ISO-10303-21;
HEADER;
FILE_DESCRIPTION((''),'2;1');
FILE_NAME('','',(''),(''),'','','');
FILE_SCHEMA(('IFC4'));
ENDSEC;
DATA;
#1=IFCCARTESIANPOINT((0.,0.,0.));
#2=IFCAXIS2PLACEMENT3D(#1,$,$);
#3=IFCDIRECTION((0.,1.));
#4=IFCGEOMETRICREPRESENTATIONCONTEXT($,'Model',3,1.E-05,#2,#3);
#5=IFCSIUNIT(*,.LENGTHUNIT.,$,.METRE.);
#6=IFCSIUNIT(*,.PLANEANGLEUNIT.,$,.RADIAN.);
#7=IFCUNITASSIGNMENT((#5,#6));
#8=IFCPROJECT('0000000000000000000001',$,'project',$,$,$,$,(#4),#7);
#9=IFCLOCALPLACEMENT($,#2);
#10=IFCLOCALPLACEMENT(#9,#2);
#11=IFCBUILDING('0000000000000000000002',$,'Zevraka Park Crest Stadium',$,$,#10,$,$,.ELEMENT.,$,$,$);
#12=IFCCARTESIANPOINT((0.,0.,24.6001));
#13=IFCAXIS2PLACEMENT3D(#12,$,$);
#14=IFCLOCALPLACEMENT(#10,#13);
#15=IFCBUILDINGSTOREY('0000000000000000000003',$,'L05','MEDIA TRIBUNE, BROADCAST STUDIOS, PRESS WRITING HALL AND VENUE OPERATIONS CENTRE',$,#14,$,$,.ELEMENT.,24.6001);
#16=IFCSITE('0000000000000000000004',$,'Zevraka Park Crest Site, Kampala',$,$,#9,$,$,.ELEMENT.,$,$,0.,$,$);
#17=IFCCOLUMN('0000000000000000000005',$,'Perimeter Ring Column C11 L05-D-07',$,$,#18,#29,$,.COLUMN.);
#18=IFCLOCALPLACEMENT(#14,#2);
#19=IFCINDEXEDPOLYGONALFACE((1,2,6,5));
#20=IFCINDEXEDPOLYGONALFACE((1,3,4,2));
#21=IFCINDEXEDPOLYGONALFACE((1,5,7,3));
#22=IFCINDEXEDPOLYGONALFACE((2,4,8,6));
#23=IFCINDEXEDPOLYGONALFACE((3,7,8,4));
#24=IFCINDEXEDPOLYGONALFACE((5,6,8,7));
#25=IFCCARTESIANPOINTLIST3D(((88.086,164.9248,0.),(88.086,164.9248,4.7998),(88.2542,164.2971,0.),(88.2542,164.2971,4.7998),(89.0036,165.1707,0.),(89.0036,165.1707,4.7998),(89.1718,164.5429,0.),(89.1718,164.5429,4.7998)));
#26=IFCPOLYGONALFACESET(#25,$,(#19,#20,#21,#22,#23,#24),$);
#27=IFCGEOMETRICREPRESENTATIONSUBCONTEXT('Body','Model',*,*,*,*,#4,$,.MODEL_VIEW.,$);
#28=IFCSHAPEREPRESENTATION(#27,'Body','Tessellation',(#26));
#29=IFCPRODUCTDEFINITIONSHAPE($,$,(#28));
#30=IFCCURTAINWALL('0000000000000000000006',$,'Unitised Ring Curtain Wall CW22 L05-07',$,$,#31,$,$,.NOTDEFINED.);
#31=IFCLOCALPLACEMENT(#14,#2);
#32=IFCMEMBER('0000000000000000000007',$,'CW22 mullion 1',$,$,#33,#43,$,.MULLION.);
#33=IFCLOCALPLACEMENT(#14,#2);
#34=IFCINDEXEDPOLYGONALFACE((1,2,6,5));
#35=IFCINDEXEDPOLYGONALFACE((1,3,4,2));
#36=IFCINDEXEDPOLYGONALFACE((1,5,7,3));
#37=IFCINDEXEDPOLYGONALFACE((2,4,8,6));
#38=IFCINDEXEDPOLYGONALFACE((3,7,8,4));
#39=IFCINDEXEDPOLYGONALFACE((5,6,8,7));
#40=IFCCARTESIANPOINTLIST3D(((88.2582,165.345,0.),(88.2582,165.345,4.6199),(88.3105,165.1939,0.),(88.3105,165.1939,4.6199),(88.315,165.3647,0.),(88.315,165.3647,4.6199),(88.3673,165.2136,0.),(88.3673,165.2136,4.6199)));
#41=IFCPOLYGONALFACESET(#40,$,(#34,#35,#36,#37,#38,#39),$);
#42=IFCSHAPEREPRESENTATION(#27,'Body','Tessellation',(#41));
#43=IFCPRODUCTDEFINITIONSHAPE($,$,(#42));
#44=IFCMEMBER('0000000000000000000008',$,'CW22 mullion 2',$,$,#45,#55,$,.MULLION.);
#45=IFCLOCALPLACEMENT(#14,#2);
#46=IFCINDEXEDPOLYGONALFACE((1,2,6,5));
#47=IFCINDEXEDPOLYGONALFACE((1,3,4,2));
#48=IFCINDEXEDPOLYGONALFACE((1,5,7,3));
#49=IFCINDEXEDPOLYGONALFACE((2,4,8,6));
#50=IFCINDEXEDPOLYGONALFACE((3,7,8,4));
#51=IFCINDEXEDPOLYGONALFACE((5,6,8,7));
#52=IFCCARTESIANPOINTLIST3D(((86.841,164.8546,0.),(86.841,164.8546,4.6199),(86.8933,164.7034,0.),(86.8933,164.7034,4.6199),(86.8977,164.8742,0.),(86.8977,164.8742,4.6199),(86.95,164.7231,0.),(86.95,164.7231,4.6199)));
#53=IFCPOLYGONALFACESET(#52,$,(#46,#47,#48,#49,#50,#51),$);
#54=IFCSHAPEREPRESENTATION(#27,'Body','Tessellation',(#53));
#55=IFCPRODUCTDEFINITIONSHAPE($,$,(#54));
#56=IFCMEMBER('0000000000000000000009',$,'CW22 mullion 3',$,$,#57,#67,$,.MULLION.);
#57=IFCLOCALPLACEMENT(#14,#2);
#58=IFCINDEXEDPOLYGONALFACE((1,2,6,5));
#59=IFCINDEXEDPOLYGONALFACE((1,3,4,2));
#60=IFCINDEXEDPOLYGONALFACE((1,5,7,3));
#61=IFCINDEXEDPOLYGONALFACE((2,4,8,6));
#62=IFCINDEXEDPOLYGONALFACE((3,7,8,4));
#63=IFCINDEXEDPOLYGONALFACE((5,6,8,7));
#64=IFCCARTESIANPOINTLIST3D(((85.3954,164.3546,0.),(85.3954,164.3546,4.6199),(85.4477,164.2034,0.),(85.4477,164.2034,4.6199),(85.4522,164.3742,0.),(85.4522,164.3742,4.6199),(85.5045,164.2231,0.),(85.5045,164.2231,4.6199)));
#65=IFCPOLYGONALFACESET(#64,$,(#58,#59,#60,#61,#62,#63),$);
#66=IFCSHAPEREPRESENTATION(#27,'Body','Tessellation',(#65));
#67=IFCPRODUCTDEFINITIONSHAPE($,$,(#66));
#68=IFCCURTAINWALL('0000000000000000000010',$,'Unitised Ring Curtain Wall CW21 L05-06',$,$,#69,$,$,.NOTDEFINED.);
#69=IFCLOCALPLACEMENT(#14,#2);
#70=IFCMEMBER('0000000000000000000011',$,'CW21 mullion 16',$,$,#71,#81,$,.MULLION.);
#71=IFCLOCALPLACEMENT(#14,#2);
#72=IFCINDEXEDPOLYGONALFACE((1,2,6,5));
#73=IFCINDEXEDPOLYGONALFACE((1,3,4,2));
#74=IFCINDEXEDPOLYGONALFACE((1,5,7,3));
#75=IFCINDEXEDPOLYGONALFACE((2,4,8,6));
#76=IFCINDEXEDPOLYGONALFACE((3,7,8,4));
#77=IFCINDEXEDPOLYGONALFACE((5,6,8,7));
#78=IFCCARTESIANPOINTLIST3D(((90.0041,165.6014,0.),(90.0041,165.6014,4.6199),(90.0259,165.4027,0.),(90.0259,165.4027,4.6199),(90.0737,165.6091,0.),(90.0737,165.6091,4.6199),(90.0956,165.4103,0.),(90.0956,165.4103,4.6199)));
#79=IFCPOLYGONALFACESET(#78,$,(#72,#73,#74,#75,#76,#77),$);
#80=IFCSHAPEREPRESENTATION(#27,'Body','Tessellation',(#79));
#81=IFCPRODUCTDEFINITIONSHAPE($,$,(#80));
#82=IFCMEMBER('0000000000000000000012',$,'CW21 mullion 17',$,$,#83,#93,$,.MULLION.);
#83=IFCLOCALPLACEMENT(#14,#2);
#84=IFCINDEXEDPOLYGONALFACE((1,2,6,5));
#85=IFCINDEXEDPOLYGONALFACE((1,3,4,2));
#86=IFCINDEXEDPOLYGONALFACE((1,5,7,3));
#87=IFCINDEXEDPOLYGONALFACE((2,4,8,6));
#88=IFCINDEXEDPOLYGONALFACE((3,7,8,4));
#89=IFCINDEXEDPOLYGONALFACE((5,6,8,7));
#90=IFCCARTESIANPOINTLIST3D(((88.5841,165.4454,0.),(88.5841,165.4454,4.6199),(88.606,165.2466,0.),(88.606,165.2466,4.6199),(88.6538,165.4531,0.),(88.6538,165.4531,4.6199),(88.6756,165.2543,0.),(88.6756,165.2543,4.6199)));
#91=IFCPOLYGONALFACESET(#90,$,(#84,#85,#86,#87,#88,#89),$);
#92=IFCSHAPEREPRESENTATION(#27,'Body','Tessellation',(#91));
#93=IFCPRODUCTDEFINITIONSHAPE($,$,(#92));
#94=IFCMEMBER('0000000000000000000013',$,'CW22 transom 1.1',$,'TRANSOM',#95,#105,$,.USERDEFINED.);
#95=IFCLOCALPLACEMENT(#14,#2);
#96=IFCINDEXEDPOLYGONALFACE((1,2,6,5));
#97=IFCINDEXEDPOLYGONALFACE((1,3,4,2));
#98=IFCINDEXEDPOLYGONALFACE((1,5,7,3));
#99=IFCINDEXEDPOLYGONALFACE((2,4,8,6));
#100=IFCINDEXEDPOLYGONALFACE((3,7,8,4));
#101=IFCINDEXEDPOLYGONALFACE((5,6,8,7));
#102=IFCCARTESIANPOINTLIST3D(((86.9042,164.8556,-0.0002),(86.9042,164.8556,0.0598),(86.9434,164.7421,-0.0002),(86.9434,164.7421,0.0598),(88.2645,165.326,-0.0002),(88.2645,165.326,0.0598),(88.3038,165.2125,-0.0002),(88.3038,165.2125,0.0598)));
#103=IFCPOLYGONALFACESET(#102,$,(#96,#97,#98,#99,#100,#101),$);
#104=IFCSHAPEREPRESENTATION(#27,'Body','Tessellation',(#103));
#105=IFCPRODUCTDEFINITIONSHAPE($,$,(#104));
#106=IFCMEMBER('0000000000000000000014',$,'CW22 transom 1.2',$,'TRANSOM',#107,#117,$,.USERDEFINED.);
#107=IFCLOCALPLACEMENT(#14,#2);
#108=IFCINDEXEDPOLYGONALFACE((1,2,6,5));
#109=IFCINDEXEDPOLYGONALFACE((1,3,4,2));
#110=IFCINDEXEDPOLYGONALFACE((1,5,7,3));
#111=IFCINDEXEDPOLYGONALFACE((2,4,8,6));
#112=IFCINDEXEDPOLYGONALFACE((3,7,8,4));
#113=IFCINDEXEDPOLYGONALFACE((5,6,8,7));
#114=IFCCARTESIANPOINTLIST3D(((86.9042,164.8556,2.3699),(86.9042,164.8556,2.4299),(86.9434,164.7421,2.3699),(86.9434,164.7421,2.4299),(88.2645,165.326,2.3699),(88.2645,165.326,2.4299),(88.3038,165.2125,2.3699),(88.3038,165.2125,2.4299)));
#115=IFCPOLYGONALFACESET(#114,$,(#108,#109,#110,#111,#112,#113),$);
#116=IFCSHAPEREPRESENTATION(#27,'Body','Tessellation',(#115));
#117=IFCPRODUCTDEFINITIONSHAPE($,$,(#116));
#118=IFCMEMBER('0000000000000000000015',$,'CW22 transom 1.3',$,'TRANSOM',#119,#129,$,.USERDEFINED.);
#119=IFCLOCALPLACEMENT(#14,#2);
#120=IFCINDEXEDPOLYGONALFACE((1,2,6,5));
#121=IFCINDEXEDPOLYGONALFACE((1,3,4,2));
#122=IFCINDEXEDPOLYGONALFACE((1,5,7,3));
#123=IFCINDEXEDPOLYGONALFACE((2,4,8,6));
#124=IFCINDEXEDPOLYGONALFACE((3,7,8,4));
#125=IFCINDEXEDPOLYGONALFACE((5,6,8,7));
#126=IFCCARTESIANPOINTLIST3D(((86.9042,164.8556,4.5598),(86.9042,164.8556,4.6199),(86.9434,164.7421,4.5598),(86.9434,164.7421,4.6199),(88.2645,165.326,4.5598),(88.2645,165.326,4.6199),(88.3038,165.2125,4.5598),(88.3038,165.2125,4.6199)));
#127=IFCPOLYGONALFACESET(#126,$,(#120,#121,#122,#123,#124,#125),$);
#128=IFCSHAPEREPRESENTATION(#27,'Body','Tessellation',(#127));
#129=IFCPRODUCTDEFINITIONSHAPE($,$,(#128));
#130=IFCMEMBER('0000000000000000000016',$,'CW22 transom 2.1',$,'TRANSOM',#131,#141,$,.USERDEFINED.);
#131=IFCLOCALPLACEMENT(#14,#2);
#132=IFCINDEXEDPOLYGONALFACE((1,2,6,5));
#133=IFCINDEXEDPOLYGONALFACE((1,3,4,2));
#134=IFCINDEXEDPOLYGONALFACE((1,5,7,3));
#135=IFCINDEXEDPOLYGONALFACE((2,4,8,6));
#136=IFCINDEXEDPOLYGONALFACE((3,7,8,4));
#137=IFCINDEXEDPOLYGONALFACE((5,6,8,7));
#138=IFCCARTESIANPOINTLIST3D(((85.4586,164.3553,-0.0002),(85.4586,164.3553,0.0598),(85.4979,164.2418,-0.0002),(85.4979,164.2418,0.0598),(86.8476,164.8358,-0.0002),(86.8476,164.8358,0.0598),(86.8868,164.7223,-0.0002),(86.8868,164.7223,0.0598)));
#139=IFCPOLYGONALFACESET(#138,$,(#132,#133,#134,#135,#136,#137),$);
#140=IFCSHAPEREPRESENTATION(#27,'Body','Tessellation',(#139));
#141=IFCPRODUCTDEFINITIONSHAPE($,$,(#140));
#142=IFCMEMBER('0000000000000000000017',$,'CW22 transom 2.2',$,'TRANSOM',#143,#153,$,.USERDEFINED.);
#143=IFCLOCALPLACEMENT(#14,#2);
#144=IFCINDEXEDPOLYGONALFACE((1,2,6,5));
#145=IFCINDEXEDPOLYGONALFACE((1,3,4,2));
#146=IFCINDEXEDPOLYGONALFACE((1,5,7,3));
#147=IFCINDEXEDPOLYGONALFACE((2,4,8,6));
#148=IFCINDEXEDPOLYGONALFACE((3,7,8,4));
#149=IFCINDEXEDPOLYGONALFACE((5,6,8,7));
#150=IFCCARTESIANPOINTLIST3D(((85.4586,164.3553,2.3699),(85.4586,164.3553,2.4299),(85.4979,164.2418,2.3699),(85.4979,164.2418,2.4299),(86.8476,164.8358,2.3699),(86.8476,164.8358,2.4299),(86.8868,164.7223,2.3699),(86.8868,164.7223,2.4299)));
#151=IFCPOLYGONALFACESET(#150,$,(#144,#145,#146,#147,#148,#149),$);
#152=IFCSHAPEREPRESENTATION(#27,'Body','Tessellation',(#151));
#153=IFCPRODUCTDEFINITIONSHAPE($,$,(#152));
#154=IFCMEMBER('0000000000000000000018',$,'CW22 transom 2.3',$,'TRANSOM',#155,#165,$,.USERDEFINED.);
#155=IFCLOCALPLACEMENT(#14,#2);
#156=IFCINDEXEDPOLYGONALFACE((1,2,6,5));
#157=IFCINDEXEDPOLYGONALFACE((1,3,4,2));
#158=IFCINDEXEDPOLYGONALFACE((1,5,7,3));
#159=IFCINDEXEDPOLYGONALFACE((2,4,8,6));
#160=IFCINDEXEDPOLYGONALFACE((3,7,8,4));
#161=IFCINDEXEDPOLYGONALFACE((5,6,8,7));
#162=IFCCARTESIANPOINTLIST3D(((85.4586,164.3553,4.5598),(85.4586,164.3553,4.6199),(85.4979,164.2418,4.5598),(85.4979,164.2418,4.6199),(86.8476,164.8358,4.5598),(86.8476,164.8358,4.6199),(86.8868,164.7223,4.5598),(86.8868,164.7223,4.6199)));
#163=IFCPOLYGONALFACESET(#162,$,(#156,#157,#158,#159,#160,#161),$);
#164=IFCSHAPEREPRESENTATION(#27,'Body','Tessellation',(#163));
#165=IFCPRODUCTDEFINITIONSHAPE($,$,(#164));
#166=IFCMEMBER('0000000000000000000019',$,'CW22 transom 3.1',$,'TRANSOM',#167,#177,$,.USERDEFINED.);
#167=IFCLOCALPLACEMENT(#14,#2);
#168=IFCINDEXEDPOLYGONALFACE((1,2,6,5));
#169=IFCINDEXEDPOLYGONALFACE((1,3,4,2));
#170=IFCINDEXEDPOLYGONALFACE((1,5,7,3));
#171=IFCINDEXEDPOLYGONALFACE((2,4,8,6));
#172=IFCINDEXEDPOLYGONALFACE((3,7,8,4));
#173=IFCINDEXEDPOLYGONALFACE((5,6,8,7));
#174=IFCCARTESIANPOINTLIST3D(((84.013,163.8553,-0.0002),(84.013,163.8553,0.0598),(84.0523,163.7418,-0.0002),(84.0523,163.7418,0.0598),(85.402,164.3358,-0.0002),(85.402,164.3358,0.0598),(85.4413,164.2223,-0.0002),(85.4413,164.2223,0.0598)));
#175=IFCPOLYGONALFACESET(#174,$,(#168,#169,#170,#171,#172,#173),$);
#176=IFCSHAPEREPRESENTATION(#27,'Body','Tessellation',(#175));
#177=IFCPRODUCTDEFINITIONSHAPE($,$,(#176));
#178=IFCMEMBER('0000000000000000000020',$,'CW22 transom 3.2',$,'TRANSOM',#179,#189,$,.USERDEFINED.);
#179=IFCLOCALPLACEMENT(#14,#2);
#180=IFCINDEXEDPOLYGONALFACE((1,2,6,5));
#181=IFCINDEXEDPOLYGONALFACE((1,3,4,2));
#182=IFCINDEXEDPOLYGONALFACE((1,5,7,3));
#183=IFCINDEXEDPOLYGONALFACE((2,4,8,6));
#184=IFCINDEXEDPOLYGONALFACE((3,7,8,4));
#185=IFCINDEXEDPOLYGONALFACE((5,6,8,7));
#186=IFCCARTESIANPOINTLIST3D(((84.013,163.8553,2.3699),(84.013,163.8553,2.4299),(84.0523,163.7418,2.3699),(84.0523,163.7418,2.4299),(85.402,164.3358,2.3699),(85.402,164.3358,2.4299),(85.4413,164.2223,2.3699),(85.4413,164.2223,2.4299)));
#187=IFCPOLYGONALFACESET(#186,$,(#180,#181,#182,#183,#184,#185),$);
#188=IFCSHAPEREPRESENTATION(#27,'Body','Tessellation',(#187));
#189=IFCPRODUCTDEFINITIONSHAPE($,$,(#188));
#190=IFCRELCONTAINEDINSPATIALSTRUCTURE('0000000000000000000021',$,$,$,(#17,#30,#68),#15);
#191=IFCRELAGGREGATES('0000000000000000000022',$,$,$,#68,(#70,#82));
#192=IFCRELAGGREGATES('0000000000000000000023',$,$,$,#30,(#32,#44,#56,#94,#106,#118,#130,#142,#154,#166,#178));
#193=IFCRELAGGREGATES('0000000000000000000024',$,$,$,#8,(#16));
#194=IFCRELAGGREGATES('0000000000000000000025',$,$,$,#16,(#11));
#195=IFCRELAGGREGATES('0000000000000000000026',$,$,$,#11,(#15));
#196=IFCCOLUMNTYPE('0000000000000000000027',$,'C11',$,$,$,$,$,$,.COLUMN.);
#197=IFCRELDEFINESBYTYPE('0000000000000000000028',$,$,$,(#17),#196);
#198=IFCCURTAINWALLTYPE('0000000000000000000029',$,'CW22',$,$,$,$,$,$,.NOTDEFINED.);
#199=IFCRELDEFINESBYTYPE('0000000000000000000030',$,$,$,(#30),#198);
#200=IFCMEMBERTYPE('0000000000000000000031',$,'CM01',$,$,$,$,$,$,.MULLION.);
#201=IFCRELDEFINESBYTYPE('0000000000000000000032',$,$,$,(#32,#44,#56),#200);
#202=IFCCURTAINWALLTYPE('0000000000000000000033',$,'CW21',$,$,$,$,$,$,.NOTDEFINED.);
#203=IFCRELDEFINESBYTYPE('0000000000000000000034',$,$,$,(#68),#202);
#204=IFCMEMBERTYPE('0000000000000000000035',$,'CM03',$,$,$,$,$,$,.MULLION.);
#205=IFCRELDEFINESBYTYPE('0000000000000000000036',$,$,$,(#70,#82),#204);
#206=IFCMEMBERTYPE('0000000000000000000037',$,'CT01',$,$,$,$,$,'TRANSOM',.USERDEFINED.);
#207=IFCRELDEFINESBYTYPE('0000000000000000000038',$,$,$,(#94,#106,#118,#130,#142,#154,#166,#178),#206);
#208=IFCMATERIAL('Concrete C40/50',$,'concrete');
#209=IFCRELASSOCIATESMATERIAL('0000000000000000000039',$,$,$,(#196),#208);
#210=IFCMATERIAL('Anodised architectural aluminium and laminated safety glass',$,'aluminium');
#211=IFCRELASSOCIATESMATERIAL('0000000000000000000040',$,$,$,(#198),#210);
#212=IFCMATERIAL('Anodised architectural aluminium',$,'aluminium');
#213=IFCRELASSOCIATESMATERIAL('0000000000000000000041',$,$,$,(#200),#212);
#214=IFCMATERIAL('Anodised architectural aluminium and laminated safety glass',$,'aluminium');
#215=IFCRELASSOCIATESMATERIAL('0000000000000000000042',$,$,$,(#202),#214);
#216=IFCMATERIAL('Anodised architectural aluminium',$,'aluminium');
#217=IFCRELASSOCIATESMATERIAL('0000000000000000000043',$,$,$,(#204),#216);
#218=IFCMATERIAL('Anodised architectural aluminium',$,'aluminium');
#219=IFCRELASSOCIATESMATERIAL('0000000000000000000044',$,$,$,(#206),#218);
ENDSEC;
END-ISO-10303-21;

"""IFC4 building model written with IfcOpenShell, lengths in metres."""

from ifc_helpers import new_model, si_unit, direction, frame, origin, origin_2d, place, context, subcontext, project, spatial, rectangle, extrude, material, material_profile, profile_set, type_object, element, aggregate, save


model = new_model("IFC4")

# Units and contexts
model_context = context("Model", 3, precision=1e-05, world=origin(), true_north=direction((0.0, 1.0)))
body_context = subcontext(model_context, "Body", "Model", "MODEL_VIEW")
ifc_project = project(units=[si_unit("LENGTHUNIT", "METRE"), si_unit("PLANEANGLEUNIT", "RADIAN")], contexts=[model_context])

# Site, building, storey
site_placement = place(None, origin())
site = spatial("IfcSite", under=ifc_project, at=site_placement, Name="Zevraka Park Crest Site, Kampala", CompositionType="ELEMENT", RefElevation=0.0)
building_placement = place(site_placement, origin())
building = spatial("IfcBuilding", under=site, at=building_placement, Name="Zevraka Park Crest Stadium", CompositionType="ELEMENT")
storey_placement = place(building_placement, frame((0.0, 0.0, 24.6001)))
storey = spatial("IfcBuildingStorey", under=building, at=storey_placement, Name="L05", Description="MEDIA TRIBUNE, BROADCAST STUDIOS, PRESS WRITING HALL AND VENUE OPERATIONS CENTRE", CompositionType="ELEMENT", Elevation=24.6001)

# Column
ifc_material_1 = material(Name="Concrete C40/50", Category="concrete")
ifc_material_profile_1 = material_profile(ifc_material_1, rectangle(XDim=0.6499, YDim=0.95, at=origin_2d()), Name="RC 950x650")
ifc_profile_set_1 = profile_set([ifc_material_profile_1], Name="Concrete C40/50")
column_type = type_object("IfcColumnType", Name="C11", PredefinedType="COLUMN", material=ifc_profile_set_1)
column_placement = place(storey_placement, frame((88.6289, 164.7339, 0.0), z_axis=(0.0, 0.0, 1.0), x_axis=(-0.258819, 0.965926, 0.0)))
element("IfcColumn", 1, at=column_placement, inside=storey, type_object=column_type, Name="Perimeter Ring Column C11 L05-D-07", PredefinedType="COLUMN", context=body_context, shape_type="SweptSolid", body=[
    extrude(rectangle(XDim=0.6499, YDim=0.95, at=origin_2d()), origin(), (0.0, 0.0, 1.0), 4.7998),
])

# Curtain walls, members
ifc_material_2 = material(Name="Anodised architectural aluminium and laminated safety glass", Category="aluminium")
curtain_wall_type_1 = type_object("IfcCurtainWallType", Name="CW22", PredefinedType="NOTDEFINED", material=ifc_material_2)
curtain_wall_1_placement = place(storey_placement, origin())
curtain_wall_1 = element("IfcCurtainWall", 2, at=curtain_wall_1_placement, inside=storey, type_object=curtain_wall_type_1, Name="Unitised Ring Curtain Wall CW22 L05-07", PredefinedType="NOTDEFINED")
ifc_material_3 = material(Name="Anodised architectural aluminium", Category="aluminium")
ifc_material_profile_2 = material_profile(ifc_material_3, rectangle(XDim=0.1599, YDim=0.0601, at=origin_2d()), Name="ALU MULLION 160x60")
ifc_profile_set_2 = profile_set([ifc_material_profile_2], Name="Anodised architectural aluminium")
member_type_1 = type_object("IfcMemberType", Name="CM01", PredefinedType="MULLION", material=ifc_profile_set_2)
member_1_placement = place(storey_placement, frame((88.3127, 165.2793, 0.0), z_axis=(0.0, 0.0, 1.0), x_axis=(0.326929, -0.945049, 0.0)))
member_1 = element("IfcMember", 3, at=member_1_placement, type_object=member_type_1, Name="CW22 mullion 1", PredefinedType="MULLION", context=body_context, shape_type="SweptSolid", body=[
    extrude(rectangle(XDim=0.1599, YDim=0.0601, at=origin_2d()), origin(), (0.0, 0.0, 1.0), 4.6199),
])
member_2_placement = place(storey_placement, frame((86.8955, 164.7888, 0.0), z_axis=(0.0, 0.0, 1.0), x_axis=(0.326929, -0.945049, 0.0)))
member_2 = element("IfcMember", 4, at=member_2_placement, type_object=member_type_1, Name="CW22 mullion 2", PredefinedType="MULLION", context=body_context, shape_type="SweptSolid", body=[
    extrude(rectangle(XDim=0.1599, YDim=0.0601, at=origin_2d()), origin(), (0.0, 0.0, 1.0), 4.6199),
])
member_3_placement = place(storey_placement, frame((85.45, 164.2888, 0.0), z_axis=(0.0, 0.0, 1.0), x_axis=(0.326929, -0.945049, 0.0)))
member_3 = element("IfcMember", 5, at=member_3_placement, type_object=member_type_1, Name="CW22 mullion 3", PredefinedType="MULLION", context=body_context, shape_type="SweptSolid", body=[
    extrude(rectangle(XDim=0.1599, YDim=0.0601, at=origin_2d()), origin(), (0.0, 0.0, 1.0), 4.6199),
])
ifc_material_4 = material(Name="Anodised architectural aluminium and laminated safety glass", Category="aluminium")
curtain_wall_type_2 = type_object("IfcCurtainWallType", Name="CW21", PredefinedType="NOTDEFINED", material=ifc_material_4)
curtain_wall_2_placement = place(storey_placement, origin())
curtain_wall_2 = element("IfcCurtainWall", 6, at=curtain_wall_2_placement, inside=storey, type_object=curtain_wall_type_2, Name="Unitised Ring Curtain Wall CW21 L05-06", PredefinedType="NOTDEFINED")
ifc_material_5 = material(Name="Anodised architectural aluminium", Category="aluminium")
ifc_material_profile_3 = material_profile(ifc_material_5, rectangle(XDim=0.2, YDim=0.0701, at=origin_2d()), Name="ALU MULLION 200x70")
ifc_profile_set_3 = profile_set([ifc_material_profile_3], Name="Anodised architectural aluminium")
member_type_2 = type_object("IfcMemberType", Name="CM03", PredefinedType="MULLION", material=ifc_profile_set_3)
member_4_placement = place(storey_placement, frame((90.0498, 165.5059, 0.0), z_axis=(0.0, 0.0, 1.0), x_axis=(0.109288, -0.99401, 0.0)))
member_4 = element("IfcMember", 7, at=member_4_placement, type_object=member_type_2, Name="CW21 mullion 16", PredefinedType="MULLION", context=body_context, shape_type="SweptSolid", body=[
    extrude(rectangle(XDim=0.2, YDim=0.0701, at=origin_2d()), origin(), (0.0, 0.0, 1.0), 4.6199),
])
member_5_placement = place(storey_placement, frame((88.6299, 165.3499, 0.0), z_axis=(0.0, 0.0, 1.0), x_axis=(0.109288, -0.99401, 0.0)))
member_5 = element("IfcMember", 8, at=member_5_placement, type_object=member_type_2, Name="CW21 mullion 17", PredefinedType="MULLION", context=body_context, shape_type="SweptSolid", body=[
    extrude(rectangle(XDim=0.2, YDim=0.0701, at=origin_2d()), origin(), (0.0, 0.0, 1.0), 4.6199),
])

# Members
ifc_material_6 = material(Name="Anodised architectural aluminium", Category="aluminium")
ifc_material_profile_4 = material_profile(ifc_material_6, rectangle(XDim=0.1201, YDim=0.0601, at=origin_2d()), Name="ALU TRANSOM 120x60")
ifc_profile_set_4 = profile_set([ifc_material_profile_4], Name="Anodised architectural aluminium")
member_type_3 = type_object("IfcMemberType", Name="CT01", ElementType="TRANSOM", PredefinedType="USERDEFINED", material=ifc_profile_set_4)
member_6_placement = place(storey_placement, frame((88.2842, 165.2693, 0.0298), z_axis=(-0.945079, -0.326843, 0.0), x_axis=(0.326843, -0.945079, 0.0)))
member_6 = element("IfcMember", 9, at=member_6_placement, type_object=member_type_3, Name="CW22 transom 1.1", ObjectType="TRANSOM", PredefinedType="USERDEFINED", context=body_context, shape_type="SweptSolid", body=[
    extrude(rectangle(XDim=0.1201, YDim=0.0601, at=origin_2d()), origin(), (0.0, 0.0, 1.0), 1.4395),
])
member_7_placement = place(storey_placement, frame((88.2842, 165.2693, 2.3999), z_axis=(-0.945079, -0.326843, 0.0), x_axis=(0.326843, -0.945079, 0.0)))
member_7 = element("IfcMember", 10, at=member_7_placement, type_object=member_type_3, Name="CW22 transom 1.2", ObjectType="TRANSOM", PredefinedType="USERDEFINED", context=body_context, shape_type="SweptSolid", body=[
    extrude(rectangle(XDim=0.1201, YDim=0.0601, at=origin_2d()), origin(), (0.0, 0.0, 1.0), 1.4395),
])
member_8_placement = place(storey_placement, frame((88.2842, 165.2693, 4.5898), z_axis=(-0.945079, -0.326843, 0.0), x_axis=(0.326843, -0.945079, 0.0)))
member_8 = element("IfcMember", 11, at=member_8_placement, type_object=member_type_3, Name="CW22 transom 1.3", ObjectType="TRANSOM", PredefinedType="USERDEFINED", context=body_context, shape_type="SweptSolid", body=[
    extrude(rectangle(XDim=0.1201, YDim=0.0601, at=origin_2d()), origin(), (0.0, 0.0, 1.0), 1.4395),
])
member_9_placement = place(storey_placement, frame((86.8672, 164.7791, 0.0298), z_axis=(-0.945051, -0.326922, 0.0), x_axis=(0.326922, -0.945051, 0.0)))
member_9 = element("IfcMember", 12, at=member_9_placement, type_object=member_type_3, Name="CW22 transom 2.1", ObjectType="TRANSOM", PredefinedType="USERDEFINED", context=body_context, shape_type="SweptSolid", body=[
    extrude(rectangle(XDim=0.1201, YDim=0.0601, at=origin_2d()), origin(), (0.0, 0.0, 1.0), 1.4697),
])
member_10_placement = place(storey_placement, frame((86.8672, 164.7791, 2.3999), z_axis=(-0.945051, -0.326922, 0.0), x_axis=(0.326922, -0.945051, 0.0)))
member_10 = element("IfcMember", 13, at=member_10_placement, type_object=member_type_3, Name="CW22 transom 2.2", ObjectType="TRANSOM", PredefinedType="USERDEFINED", context=body_context, shape_type="SweptSolid", body=[
    extrude(rectangle(XDim=0.1201, YDim=0.0601, at=origin_2d()), origin(), (0.0, 0.0, 1.0), 1.4697),
])
member_11_placement = place(storey_placement, frame((86.8672, 164.7791, 4.5898), z_axis=(-0.945051, -0.326922, 0.0), x_axis=(0.326922, -0.945051, 0.0)))
member_11 = element("IfcMember", 14, at=member_11_placement, type_object=member_type_3, Name="CW22 transom 2.3", ObjectType="TRANSOM", PredefinedType="USERDEFINED", context=body_context, shape_type="SweptSolid", body=[
    extrude(rectangle(XDim=0.1201, YDim=0.0601, at=origin_2d()), origin(), (0.0, 0.0, 1.0), 1.4697),
])
member_12_placement = place(storey_placement, frame((85.4216, 164.2791, 0.0298), z_axis=(-0.945051, -0.326922, 0.0), x_axis=(0.326922, -0.945051, 0.0)))
member_12 = element("IfcMember", 15, at=member_12_placement, type_object=member_type_3, Name="CW22 transom 3.1", ObjectType="TRANSOM", PredefinedType="USERDEFINED", context=body_context, shape_type="SweptSolid", body=[
    extrude(rectangle(XDim=0.1201, YDim=0.0601, at=origin_2d()), origin(), (0.0, 0.0, 1.0), 1.4697),
])
member_13_placement = place(storey_placement, frame((85.4216, 164.2791, 2.3999), z_axis=(-0.945051, -0.326922, 0.0), x_axis=(0.326922, -0.945051, 0.0)))
member_13 = element("IfcMember", 16, at=member_13_placement, type_object=member_type_3, Name="CW22 transom 3.2", ObjectType="TRANSOM", PredefinedType="USERDEFINED", context=body_context, shape_type="SweptSolid", body=[
    extrude(rectangle(XDim=0.1201, YDim=0.0601, at=origin_2d()), origin(), (0.0, 0.0, 1.0), 1.4697),
])

aggregate(curtain_wall_2, [member_4, member_5])
aggregate(curtain_wall_1, [member_1, member_2, member_3, member_6, member_7, member_8, member_9, member_10, member_11, member_12, member_13])

save(model, "model.ifc")
